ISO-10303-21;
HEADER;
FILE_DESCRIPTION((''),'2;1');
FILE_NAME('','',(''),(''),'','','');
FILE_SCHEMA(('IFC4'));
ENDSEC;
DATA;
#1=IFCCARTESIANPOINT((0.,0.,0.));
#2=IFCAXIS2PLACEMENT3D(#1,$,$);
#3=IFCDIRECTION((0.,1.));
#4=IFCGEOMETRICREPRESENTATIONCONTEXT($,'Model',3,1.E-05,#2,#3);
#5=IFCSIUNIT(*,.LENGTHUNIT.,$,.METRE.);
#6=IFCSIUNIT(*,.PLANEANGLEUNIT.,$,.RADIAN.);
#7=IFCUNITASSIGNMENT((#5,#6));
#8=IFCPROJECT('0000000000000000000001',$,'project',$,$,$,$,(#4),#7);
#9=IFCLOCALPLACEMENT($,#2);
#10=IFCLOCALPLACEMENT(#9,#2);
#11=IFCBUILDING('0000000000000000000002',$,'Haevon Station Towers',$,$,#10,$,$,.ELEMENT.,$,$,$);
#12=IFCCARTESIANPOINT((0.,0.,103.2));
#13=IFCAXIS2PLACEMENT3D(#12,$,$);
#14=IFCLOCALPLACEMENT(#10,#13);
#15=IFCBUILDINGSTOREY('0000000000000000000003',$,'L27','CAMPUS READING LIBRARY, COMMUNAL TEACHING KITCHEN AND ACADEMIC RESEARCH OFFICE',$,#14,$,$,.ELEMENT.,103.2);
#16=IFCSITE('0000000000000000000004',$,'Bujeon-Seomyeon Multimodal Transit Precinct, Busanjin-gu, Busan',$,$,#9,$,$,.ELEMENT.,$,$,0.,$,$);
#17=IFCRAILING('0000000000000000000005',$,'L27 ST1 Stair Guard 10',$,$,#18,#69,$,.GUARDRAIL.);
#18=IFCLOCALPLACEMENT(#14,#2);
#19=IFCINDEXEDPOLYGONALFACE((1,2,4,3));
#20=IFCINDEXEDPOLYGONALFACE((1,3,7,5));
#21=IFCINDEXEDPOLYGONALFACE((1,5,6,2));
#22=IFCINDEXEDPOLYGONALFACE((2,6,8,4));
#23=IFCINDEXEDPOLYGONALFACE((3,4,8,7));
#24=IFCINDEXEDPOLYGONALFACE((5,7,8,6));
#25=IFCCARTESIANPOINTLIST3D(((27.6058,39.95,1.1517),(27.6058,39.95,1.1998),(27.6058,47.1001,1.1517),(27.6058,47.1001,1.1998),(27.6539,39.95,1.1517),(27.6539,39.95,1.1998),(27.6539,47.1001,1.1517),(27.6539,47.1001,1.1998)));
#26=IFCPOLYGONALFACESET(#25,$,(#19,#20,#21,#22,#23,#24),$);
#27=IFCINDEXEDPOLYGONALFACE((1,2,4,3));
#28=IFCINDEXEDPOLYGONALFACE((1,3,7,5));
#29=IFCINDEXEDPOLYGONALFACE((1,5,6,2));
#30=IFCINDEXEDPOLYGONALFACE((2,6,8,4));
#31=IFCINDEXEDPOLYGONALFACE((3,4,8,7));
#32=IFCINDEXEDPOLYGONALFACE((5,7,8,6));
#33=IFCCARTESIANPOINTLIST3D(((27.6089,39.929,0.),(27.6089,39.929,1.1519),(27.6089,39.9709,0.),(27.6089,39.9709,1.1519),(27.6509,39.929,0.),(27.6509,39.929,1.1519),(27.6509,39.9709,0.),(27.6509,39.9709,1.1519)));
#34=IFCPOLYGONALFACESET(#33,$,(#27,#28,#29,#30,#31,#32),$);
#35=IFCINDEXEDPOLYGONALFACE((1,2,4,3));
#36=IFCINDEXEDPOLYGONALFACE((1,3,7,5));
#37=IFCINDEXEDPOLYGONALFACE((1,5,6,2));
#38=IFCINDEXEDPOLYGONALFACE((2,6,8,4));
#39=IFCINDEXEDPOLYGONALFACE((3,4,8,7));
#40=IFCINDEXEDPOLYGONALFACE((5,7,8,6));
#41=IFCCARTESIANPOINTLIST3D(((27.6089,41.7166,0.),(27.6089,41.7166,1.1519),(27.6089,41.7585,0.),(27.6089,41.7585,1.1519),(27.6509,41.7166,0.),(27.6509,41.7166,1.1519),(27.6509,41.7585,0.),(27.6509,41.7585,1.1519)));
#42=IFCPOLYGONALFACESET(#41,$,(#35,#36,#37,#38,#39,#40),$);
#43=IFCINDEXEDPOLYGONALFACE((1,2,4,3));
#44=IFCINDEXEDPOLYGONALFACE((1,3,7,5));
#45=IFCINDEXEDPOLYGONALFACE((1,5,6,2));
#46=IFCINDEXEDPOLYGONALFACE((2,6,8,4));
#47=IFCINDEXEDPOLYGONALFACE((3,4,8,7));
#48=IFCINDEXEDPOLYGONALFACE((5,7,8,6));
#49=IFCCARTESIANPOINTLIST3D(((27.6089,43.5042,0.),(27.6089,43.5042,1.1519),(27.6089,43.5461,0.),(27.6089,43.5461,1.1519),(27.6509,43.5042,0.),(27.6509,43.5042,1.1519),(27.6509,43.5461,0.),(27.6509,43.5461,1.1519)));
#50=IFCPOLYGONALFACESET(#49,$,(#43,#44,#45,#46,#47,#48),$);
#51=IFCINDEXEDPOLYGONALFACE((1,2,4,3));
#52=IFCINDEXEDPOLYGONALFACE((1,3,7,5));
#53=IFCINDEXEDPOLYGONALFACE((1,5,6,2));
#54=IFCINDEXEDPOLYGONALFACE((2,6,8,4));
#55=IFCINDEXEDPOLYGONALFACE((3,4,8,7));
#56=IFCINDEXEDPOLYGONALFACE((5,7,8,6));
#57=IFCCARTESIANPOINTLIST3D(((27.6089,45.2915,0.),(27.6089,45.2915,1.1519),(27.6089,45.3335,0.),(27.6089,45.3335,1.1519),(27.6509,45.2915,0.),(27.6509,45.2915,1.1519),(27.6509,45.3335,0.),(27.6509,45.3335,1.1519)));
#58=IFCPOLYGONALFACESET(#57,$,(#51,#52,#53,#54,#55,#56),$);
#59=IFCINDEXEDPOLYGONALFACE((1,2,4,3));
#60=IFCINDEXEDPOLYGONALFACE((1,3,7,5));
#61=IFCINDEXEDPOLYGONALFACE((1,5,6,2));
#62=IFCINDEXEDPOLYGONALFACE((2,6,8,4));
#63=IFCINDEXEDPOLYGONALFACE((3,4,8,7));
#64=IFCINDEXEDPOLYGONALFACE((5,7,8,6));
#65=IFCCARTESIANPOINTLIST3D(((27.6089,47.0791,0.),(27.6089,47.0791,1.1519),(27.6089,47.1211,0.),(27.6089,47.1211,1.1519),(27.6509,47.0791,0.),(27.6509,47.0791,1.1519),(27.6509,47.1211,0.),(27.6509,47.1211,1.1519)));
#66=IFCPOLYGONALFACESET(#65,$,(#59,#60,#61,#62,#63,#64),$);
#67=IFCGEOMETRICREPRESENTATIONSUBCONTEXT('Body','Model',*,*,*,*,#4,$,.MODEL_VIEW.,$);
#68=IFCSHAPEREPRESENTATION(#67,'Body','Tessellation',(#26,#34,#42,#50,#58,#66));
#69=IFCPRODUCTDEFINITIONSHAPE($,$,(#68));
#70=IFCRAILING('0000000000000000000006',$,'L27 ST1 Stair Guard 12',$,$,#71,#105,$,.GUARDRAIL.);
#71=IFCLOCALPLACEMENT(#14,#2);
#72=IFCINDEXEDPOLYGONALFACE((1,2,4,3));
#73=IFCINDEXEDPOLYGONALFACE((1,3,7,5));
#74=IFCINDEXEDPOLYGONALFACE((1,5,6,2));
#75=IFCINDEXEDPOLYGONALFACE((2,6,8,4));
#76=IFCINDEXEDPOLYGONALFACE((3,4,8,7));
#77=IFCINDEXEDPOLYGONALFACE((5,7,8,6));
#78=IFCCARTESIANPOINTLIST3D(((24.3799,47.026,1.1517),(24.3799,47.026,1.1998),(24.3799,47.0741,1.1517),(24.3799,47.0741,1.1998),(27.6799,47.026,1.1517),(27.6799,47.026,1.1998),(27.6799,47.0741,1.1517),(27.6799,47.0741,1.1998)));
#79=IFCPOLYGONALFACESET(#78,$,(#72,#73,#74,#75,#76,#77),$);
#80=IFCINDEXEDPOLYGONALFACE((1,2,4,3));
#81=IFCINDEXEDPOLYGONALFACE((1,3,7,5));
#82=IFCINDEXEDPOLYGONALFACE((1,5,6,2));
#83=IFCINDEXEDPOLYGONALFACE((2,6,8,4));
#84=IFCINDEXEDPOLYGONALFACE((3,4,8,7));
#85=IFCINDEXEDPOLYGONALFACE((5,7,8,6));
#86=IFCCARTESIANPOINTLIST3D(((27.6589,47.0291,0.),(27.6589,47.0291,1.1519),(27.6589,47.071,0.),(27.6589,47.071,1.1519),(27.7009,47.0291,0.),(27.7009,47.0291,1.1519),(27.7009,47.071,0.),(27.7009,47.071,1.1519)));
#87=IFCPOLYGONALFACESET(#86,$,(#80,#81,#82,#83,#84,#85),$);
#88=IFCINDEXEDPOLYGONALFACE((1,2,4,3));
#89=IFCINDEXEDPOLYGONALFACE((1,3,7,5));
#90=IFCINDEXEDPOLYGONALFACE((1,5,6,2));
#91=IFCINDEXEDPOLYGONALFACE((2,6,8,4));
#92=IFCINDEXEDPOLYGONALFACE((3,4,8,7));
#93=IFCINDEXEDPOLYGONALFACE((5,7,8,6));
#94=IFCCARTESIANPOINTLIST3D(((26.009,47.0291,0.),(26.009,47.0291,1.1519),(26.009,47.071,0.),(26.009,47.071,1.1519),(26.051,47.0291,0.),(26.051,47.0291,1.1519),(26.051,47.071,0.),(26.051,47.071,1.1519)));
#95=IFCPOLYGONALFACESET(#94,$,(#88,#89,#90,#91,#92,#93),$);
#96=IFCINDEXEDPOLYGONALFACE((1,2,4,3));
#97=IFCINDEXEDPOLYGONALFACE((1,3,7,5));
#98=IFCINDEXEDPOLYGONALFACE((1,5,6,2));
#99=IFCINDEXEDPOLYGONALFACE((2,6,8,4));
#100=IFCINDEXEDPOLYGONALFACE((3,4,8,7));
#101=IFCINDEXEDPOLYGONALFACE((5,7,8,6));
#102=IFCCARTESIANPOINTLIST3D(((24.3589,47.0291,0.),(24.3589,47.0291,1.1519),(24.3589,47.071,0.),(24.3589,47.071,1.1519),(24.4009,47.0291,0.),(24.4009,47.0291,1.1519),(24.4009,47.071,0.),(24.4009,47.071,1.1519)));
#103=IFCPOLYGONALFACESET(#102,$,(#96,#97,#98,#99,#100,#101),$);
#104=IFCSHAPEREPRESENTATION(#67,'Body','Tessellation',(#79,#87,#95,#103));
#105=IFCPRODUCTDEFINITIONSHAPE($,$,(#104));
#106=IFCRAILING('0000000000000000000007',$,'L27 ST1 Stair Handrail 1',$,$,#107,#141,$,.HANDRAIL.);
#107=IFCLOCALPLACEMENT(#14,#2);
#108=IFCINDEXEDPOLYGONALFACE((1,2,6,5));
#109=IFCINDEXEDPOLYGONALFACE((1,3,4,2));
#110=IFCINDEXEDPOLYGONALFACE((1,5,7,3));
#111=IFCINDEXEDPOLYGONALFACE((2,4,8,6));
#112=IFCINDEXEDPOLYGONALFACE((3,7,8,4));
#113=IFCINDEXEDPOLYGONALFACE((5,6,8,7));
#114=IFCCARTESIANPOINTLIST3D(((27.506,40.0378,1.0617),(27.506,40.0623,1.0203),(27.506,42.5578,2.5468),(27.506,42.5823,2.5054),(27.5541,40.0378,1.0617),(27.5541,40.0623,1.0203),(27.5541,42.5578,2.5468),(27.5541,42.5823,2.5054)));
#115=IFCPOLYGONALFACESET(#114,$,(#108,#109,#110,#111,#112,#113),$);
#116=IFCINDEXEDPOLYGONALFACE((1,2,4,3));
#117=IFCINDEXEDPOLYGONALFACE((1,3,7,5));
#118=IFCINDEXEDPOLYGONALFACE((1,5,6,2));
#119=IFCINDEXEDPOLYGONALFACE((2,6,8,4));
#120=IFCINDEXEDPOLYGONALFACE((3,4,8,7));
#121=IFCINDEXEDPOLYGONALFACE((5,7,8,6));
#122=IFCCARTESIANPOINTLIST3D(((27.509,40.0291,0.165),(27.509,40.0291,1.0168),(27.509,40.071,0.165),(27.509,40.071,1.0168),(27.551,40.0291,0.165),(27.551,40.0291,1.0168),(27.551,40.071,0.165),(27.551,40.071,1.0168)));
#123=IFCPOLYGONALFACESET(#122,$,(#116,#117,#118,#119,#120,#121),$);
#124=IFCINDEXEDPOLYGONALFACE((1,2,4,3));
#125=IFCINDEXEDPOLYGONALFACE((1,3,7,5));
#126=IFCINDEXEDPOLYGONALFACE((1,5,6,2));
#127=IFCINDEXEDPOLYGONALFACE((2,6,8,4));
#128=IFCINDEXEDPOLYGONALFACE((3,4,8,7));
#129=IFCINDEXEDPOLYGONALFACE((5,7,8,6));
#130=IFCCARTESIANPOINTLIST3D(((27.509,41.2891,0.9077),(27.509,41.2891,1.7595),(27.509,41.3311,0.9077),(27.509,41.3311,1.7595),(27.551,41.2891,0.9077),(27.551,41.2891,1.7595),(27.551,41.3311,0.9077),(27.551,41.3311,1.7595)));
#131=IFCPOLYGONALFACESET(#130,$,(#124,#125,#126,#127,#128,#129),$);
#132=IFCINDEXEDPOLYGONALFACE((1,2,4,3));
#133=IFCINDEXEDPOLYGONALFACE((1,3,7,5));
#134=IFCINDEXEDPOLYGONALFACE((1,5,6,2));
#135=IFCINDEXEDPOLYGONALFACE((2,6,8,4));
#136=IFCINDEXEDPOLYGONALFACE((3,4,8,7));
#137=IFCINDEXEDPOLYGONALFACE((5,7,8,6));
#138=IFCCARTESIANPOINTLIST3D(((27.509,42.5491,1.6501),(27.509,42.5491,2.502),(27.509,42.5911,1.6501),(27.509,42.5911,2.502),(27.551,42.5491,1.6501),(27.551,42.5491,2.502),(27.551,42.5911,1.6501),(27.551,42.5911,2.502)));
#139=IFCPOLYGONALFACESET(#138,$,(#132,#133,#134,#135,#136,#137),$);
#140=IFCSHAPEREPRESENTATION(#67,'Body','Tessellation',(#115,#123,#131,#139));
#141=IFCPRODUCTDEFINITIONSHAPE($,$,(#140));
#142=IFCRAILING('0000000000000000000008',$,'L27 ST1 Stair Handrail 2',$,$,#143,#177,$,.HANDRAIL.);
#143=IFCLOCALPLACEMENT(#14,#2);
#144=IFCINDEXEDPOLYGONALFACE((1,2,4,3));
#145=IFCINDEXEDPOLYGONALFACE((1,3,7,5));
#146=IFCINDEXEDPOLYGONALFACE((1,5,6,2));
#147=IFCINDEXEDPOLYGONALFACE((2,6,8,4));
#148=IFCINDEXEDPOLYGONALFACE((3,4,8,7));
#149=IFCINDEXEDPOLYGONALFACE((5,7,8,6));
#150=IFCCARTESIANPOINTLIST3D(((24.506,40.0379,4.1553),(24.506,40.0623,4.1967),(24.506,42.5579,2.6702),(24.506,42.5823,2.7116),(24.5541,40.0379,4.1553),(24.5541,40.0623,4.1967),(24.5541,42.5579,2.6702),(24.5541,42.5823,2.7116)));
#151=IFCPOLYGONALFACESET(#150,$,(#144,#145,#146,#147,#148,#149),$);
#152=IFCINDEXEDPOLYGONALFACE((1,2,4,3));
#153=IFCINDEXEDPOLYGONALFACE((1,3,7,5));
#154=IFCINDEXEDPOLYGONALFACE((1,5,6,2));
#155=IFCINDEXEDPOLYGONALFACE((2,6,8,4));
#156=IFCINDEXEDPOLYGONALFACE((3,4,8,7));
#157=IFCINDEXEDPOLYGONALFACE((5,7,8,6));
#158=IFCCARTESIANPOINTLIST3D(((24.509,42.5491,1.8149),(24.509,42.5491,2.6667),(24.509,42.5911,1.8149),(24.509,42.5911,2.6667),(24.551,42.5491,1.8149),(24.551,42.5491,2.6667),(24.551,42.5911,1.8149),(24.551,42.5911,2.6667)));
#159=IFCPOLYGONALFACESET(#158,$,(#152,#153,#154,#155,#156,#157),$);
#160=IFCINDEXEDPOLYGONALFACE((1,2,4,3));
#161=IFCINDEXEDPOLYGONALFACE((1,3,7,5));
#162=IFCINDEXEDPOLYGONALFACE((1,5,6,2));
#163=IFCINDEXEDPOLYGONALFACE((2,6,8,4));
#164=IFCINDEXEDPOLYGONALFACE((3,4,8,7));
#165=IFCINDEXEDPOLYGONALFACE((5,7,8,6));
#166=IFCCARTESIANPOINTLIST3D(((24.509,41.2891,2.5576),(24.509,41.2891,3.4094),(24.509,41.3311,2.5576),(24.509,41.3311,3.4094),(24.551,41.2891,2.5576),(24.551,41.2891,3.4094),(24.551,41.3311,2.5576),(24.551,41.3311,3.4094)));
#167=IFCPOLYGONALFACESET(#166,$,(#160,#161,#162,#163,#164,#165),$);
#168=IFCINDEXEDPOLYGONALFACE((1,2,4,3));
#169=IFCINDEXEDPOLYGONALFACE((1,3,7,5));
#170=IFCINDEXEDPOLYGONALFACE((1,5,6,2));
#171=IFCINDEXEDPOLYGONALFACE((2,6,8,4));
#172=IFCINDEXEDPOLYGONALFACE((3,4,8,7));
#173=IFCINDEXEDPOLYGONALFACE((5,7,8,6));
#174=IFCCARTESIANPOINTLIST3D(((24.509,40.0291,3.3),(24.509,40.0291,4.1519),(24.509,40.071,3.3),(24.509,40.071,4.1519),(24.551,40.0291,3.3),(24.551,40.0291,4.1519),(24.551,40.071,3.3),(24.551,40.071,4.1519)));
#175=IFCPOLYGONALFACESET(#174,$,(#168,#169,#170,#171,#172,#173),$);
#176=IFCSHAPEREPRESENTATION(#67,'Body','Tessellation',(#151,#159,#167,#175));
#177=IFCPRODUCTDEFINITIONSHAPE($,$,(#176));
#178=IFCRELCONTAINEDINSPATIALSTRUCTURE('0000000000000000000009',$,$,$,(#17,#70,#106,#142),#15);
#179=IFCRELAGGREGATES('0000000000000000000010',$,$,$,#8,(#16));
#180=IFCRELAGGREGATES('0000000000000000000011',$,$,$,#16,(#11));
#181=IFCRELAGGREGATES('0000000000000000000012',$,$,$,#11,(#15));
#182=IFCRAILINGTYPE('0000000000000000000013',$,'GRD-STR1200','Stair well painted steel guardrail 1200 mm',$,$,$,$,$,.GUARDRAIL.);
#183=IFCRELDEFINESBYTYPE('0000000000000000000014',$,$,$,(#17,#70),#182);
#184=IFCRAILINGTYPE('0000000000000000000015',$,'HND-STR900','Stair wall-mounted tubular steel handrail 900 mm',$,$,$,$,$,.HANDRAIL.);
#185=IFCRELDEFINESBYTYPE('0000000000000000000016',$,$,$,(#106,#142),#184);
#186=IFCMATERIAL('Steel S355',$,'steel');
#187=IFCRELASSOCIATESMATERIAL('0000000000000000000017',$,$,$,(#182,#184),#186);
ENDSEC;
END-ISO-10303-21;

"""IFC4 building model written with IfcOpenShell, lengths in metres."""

from ifc_helpers import new_model, si_unit, direction, frame, origin, origin_2d, place, context, subcontext, project, spatial, rectangle, extrude, material, type_object, element, save


model = new_model("IFC4")

# Units and contexts
model_context = context("Model", 3, precision=1e-05, world=origin(), true_north=direction((0.0, 1.0)))
body_context = subcontext(model_context, "Body", "Model", "MODEL_VIEW")
ifc_project = project(units=[si_unit("LENGTHUNIT", "METRE"), si_unit("PLANEANGLEUNIT", "RADIAN")], contexts=[model_context])

# Site, building, storey
site_placement = place(None, origin())
site = spatial("IfcSite", under=ifc_project, at=site_placement, Name="Bujeon-Seomyeon Multimodal Transit Precinct, Busanjin-gu, Busan", CompositionType="ELEMENT", RefElevation=0.0)
building_placement = place(site_placement, origin())
building = spatial("IfcBuilding", under=site, at=building_placement, Name="Haevon Station Towers", CompositionType="ELEMENT")
storey_placement = place(building_placement, frame((0.0, 0.0, 103.2)))
storey = spatial("IfcBuildingStorey", under=building, at=storey_placement, Name="L27", Description="CAMPUS READING LIBRARY, COMMUNAL TEACHING KITCHEN AND ACADEMIC RESEARCH OFFICE", CompositionType="ELEMENT", Elevation=103.2)

# Shared definitions
ifc_material_1 = material(Name="Steel S355", Category="steel")

# Railings
railing_type_1 = type_object("IfcRailingType", Name="GRD-STR1200", Description="Stair well painted steel guardrail 1200 mm", PredefinedType="GUARDRAIL", material=ifc_material_1)
railing_1_placement = place(storey_placement, frame((27.6299, 39.95, 0.0)))
element("IfcRailing", 1, at=railing_1_placement, inside=storey, type_object=railing_type_1, Name="L27 ST1 Stair Guard 10", PredefinedType="GUARDRAIL", context=body_context, shape_type="SweptSolid", body=[
    extrude(rectangle(XDim=0.0481, YDim=0.0481, at=origin_2d()), frame((0.0, 0.0, 1.1758), z_axis=(0.0, 1.0, 0.0), x_axis=(-1.0, 0.0, 0.0)), (0.0, 0.0, 1.0), 7.1501),
    extrude(rectangle(XDim=0.042, YDim=0.042, at=origin_2d()), origin(), (0.0, 0.0, 1.0), 1.1519),
    extrude(rectangle(XDim=0.042, YDim=0.042, at=origin_2d()), frame((0.0, 1.7876, 0.0)), (0.0, 0.0, 1.0), 1.1519),
    extrude(rectangle(XDim=0.042, YDim=0.042, at=origin_2d()), frame((0.0, 3.5752, 0.0)), (0.0, 0.0, 1.0), 1.1519),
    extrude(rectangle(XDim=0.042, YDim=0.042, at=origin_2d()), frame((0.0, 5.3625, 0.0)), (0.0, 0.0, 1.0), 1.1519),
    extrude(rectangle(XDim=0.042, YDim=0.042, at=origin_2d()), frame((0.0, 7.1501, 0.0)), (0.0, 0.0, 1.0), 1.1519),
])
railing_2_placement = place(storey_placement, frame((27.6799, 47.05, 0.0)))
element("IfcRailing", 2, at=railing_2_placement, inside=storey, type_object=railing_type_1, Name="L27 ST1 Stair Guard 12", PredefinedType="GUARDRAIL", context=body_context, shape_type="SweptSolid", body=[
    extrude(rectangle(XDim=0.0481, YDim=0.0481, at=origin_2d()), frame((0.0, 0.0, 1.1758), z_axis=(-1.0, 0.0, 0.0), x_axis=(0.0, -1.0, 0.0)), (0.0, 0.0, 1.0), 3.3),
    extrude(rectangle(XDim=0.042, YDim=0.042, at=origin_2d()), origin(), (0.0, 0.0, 1.0), 1.1519),
    extrude(rectangle(XDim=0.042, YDim=0.042, at=origin_2d()), frame((-1.6499, 0.0, 0.0)), (0.0, 0.0, 1.0), 1.1519),
    extrude(rectangle(XDim=0.042, YDim=0.042, at=origin_2d()), frame((-3.3, 0.0, 0.0)), (0.0, 0.0, 1.0), 1.1519),
])
railing_type_2 = type_object("IfcRailingType", Name="HND-STR900", Description="Stair wall-mounted tubular steel handrail 900 mm", PredefinedType="HANDRAIL", material=ifc_material_1)
railing_3_placement = place(storey_placement, frame((27.53, 40.05, 0.165)))
element("IfcRailing", 3, at=railing_3_placement, inside=storey, type_object=railing_type_2, Name="L27 ST1 Stair Handrail 1", PredefinedType="HANDRAIL", context=body_context, shape_type="SweptSolid", body=[
    extrude(rectangle(XDim=0.0481, YDim=0.0481, at=origin_2d()), frame((0.0, 0.0, 0.876), z_axis=(0.0, 0.861524, 0.507717), x_axis=(-1.0, 0.0, 0.0)), (0.0, 0.0, 1.0), 2.925),
    extrude(rectangle(XDim=0.042, YDim=0.042, at=origin_2d()), origin(), (0.0, 0.0, 1.0), 0.8518),
    extrude(rectangle(XDim=0.042, YDim=0.042, at=origin_2d()), frame((0.0, 1.26, 0.7427)), (0.0, 0.0, 1.0), 0.8518),
    extrude(rectangle(XDim=0.042, YDim=0.042, at=origin_2d()), frame((0.0, 2.52, 1.4851)), (0.0, 0.0, 1.0), 0.8518),
])
railing_4_placement = place(storey_placement, frame((24.53, 42.5701, 1.8149)))
element("IfcRailing", 4, at=railing_4_placement, inside=storey, type_object=railing_type_2, Name="L27 ST1 Stair Handrail 2", PredefinedType="HANDRAIL", context=body_context, shape_type="SweptSolid", body=[
    extrude(rectangle(XDim=0.0481, YDim=0.0481, at=origin_2d()), frame((0.0, 0.0, 0.876), z_axis=(0.0, -0.861524, 0.507717), x_axis=(1.0, 0.0, 0.0)), (0.0, 0.0, 1.0), 2.925),
    extrude(rectangle(XDim=0.042, YDim=0.042, at=origin_2d()), origin(), (0.0, 0.0, 1.0), 0.8518),
    extrude(rectangle(XDim=0.042, YDim=0.042, at=origin_2d()), frame((0.0, -1.26, 0.7427)), (0.0, 0.0, 1.0), 0.8518),
    extrude(rectangle(XDim=0.042, YDim=0.042, at=origin_2d()), frame((0.0, -2.52, 1.4851)), (0.0, 0.0, 1.0), 0.8518),
])

save(model, "model.ifc")
